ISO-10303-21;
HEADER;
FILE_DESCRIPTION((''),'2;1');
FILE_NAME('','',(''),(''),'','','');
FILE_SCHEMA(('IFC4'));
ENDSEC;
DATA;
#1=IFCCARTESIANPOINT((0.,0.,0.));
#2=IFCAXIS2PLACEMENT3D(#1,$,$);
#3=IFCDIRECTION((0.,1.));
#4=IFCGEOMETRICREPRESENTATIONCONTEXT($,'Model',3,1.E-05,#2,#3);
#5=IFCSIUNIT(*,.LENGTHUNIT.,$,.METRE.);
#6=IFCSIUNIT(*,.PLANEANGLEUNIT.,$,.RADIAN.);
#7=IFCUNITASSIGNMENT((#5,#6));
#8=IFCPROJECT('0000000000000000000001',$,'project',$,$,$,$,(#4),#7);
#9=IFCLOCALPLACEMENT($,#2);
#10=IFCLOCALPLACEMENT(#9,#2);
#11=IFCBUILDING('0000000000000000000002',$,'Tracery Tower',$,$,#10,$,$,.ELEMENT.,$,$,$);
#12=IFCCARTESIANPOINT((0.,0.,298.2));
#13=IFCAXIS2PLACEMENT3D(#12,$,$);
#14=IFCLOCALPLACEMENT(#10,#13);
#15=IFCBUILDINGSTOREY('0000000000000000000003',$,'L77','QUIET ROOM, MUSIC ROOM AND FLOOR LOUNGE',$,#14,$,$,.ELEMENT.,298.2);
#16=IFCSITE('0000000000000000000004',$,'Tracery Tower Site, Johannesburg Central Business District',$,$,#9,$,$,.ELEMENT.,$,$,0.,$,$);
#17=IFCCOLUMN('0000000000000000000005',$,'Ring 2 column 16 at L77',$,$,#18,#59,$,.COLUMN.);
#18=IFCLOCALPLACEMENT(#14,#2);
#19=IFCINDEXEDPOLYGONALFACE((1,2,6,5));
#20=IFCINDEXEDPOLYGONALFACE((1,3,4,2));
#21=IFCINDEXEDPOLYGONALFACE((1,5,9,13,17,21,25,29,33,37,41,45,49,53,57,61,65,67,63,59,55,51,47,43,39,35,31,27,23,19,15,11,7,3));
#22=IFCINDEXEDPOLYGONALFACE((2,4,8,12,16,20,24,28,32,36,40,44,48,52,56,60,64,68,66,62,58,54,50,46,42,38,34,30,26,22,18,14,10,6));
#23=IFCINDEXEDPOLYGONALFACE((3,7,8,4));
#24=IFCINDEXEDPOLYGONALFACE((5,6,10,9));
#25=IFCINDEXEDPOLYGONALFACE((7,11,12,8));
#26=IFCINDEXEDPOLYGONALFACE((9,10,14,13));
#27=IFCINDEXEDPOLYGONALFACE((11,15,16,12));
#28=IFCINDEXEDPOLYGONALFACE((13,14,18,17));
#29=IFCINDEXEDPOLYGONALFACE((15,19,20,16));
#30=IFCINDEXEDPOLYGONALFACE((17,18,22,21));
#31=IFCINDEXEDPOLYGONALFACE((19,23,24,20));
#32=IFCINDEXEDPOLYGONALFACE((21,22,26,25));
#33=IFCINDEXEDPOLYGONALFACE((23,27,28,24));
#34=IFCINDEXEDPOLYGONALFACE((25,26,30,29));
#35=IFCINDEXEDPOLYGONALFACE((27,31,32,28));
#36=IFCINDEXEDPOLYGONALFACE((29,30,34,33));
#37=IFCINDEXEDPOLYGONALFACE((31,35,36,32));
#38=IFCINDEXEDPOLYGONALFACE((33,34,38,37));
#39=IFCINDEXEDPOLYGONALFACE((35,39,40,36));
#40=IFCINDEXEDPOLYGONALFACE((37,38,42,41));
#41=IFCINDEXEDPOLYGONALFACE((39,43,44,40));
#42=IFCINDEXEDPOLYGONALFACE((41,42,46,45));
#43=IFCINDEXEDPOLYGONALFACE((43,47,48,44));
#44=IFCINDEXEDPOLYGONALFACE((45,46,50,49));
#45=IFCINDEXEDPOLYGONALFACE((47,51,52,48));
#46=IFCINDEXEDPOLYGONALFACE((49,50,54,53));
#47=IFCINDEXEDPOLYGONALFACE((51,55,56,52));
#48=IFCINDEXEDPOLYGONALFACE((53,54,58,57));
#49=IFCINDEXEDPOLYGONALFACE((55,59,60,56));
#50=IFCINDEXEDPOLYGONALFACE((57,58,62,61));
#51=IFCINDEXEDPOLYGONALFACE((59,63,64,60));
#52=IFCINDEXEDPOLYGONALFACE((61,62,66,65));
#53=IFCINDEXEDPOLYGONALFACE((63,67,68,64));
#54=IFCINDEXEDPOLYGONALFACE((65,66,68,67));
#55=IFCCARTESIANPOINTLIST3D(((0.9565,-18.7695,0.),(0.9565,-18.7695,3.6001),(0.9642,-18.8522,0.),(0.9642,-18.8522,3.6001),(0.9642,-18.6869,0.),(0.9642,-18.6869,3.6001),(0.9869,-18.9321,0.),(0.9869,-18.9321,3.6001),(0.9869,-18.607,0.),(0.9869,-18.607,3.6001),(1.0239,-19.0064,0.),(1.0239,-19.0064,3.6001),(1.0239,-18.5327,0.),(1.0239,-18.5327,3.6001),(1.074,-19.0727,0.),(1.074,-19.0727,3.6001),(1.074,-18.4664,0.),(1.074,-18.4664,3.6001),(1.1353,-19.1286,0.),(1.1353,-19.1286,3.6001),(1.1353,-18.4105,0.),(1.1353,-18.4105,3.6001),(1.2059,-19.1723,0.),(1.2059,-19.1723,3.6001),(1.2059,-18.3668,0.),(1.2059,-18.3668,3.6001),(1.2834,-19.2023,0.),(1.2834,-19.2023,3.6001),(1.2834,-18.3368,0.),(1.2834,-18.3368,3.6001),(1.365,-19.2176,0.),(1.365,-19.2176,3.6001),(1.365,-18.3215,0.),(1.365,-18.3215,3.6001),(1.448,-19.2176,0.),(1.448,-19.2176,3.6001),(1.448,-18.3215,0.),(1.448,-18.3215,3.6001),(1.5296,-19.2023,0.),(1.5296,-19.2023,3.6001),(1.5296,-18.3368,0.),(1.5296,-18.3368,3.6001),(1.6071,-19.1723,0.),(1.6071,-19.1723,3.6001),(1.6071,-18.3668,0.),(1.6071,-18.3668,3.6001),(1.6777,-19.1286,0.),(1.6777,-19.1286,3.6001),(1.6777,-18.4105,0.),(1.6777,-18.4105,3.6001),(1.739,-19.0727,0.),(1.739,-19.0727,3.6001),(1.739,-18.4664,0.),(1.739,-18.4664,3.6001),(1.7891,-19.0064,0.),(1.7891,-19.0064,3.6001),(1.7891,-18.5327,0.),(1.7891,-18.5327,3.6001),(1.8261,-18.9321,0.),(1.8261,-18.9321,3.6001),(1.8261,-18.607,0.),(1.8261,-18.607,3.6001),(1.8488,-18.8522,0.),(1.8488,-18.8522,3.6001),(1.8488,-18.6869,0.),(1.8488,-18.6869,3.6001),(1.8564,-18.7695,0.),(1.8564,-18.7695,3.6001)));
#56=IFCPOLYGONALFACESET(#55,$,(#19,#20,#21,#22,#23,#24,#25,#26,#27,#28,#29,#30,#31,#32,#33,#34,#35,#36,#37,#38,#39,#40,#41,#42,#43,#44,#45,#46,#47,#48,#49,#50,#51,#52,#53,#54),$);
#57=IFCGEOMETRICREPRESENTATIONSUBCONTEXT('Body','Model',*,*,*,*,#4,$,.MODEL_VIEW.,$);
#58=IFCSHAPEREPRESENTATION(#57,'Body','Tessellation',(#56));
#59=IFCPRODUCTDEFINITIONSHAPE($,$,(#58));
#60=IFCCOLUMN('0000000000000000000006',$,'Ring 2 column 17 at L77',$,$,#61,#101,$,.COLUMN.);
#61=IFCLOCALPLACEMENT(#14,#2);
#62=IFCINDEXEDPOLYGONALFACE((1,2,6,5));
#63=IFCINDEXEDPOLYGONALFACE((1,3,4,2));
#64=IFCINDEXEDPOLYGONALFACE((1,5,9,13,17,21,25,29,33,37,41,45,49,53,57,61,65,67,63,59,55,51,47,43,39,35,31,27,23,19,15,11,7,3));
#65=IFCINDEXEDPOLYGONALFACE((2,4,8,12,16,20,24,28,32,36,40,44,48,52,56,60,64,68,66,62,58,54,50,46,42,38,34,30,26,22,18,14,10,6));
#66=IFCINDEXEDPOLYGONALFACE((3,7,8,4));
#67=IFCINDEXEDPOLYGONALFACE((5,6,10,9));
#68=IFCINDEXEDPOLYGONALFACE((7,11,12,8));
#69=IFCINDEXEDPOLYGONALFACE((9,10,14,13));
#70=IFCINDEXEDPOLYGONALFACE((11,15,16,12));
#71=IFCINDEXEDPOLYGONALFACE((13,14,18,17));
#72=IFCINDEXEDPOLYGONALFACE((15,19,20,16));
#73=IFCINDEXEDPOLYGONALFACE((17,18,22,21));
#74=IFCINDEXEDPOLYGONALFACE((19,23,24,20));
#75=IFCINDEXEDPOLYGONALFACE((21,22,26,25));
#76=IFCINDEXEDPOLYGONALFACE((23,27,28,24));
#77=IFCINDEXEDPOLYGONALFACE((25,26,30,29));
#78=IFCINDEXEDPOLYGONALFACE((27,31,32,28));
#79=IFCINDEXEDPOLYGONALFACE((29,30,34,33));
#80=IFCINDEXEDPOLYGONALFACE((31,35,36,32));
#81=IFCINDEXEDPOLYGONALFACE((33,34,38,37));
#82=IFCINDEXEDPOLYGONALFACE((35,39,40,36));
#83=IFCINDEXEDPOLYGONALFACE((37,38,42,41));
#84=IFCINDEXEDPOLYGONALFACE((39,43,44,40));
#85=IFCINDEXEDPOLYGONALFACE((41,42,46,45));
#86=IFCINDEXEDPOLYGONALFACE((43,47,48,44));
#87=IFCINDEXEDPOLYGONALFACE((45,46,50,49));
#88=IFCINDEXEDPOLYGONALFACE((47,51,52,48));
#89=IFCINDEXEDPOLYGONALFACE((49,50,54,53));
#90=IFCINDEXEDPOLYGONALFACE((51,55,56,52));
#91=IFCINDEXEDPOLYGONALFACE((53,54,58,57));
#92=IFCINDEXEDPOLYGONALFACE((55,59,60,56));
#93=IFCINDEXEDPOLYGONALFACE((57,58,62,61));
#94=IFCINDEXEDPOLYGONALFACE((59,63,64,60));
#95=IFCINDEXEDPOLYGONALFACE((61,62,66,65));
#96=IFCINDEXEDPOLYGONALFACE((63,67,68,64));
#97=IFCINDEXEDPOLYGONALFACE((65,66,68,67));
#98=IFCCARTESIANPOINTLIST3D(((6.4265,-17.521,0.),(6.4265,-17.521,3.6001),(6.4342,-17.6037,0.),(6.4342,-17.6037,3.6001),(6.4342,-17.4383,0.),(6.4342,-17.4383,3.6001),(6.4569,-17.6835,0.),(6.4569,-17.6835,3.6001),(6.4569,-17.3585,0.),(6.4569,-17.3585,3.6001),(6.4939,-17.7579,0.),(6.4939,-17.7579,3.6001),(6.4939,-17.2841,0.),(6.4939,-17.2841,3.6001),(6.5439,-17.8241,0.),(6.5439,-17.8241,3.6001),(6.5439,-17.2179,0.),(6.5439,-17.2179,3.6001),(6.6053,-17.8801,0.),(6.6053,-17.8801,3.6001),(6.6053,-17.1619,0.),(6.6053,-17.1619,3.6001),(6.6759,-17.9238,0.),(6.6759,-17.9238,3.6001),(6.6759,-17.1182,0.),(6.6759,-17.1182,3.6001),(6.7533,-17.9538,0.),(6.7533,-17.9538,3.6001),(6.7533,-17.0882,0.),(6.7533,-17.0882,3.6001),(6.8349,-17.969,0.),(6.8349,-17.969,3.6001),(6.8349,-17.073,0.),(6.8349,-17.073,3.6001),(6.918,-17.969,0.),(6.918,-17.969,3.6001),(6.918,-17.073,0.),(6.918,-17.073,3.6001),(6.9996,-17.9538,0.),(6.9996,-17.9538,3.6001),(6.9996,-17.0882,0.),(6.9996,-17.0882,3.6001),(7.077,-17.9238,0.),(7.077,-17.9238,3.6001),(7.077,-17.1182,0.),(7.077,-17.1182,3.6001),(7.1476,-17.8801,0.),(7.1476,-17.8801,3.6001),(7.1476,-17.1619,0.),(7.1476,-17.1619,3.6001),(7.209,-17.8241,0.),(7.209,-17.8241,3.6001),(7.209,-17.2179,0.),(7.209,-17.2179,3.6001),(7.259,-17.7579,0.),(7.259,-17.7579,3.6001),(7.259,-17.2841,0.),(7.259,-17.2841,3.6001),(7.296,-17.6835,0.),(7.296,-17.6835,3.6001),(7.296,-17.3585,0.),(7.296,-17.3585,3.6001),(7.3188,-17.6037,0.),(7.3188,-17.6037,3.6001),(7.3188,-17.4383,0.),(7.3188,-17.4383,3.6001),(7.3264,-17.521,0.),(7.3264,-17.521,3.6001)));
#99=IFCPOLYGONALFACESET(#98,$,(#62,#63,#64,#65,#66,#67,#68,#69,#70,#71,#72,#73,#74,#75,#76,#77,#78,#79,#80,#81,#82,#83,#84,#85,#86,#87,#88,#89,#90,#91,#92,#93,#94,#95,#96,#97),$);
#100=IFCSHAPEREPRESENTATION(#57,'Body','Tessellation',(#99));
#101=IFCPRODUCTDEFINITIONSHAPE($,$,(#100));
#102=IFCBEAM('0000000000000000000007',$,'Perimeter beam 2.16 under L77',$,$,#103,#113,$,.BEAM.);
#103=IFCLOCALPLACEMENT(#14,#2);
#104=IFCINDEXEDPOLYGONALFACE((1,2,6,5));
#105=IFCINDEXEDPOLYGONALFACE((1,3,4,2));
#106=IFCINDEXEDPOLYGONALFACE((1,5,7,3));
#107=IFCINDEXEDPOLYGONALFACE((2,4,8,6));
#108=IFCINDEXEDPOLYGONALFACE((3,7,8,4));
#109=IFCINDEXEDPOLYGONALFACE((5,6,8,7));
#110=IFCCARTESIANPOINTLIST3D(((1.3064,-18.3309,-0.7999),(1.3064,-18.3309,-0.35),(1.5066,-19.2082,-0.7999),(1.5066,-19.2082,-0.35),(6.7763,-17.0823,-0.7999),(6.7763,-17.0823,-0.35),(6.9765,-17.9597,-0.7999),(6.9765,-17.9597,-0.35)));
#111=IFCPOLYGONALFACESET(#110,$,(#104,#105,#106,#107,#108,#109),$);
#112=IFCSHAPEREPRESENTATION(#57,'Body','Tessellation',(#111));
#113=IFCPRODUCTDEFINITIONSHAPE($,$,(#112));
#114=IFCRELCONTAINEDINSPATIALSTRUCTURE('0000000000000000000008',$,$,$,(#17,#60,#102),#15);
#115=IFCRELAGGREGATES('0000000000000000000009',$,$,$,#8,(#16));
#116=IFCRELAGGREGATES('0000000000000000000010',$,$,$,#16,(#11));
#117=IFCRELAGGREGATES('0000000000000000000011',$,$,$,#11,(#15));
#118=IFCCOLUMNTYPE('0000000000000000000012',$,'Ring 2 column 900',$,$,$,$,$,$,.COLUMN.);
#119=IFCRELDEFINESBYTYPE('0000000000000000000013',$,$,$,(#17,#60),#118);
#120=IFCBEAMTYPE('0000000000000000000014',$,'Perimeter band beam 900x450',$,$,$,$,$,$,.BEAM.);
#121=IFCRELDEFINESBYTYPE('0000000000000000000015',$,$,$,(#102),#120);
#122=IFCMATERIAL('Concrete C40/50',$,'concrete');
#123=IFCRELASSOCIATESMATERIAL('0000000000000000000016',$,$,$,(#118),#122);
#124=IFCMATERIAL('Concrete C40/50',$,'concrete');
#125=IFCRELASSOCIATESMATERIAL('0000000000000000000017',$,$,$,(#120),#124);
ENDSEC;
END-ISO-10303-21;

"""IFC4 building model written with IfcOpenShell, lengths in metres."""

from ifc_helpers import new_model, si_unit, direction, frame, origin, origin_2d, place, context, subcontext, project, spatial, rectangle, circle, extrude, material, material_profile, profile_set, type_object, element, save


model = new_model("IFC4")

# Units and contexts
model_context = context("Model", 3, precision=1e-05, world=origin(), true_north=direction((0.0, 1.0)))
body_context = subcontext(model_context, "Body", "Model", "MODEL_VIEW")
ifc_project = project(units=[si_unit("LENGTHUNIT", "METRE"), si_unit("PLANEANGLEUNIT", "RADIAN")], contexts=[model_context])

# Site, building, storey
site_placement = place(None, origin())
site = spatial("IfcSite", under=ifc_project, at=site_placement, Name="Tracery Tower Site, Johannesburg Central Business District", CompositionType="ELEMENT", RefElevation=0.0)
building_placement = place(site_placement, origin())
building = spatial("IfcBuilding", under=site, at=building_placement, Name="Tracery Tower", CompositionType="ELEMENT")
storey_placement = place(building_placement, frame((0.0, 0.0, 298.2)))
storey = spatial("IfcBuildingStorey", under=building, at=storey_placement, Name="L77", Description="QUIET ROOM, MUSIC ROOM AND FLOOR LOUNGE", CompositionType="ELEMENT", Elevation=298.2)

# Columns
ifc_material_1 = material(Name="Concrete C40/50", Category="concrete")
ifc_material_profile_1 = material_profile(ifc_material_1, circle(Radius=0.45, at=origin_2d()), Name="RC D900")
ifc_profile_set_1 = profile_set([ifc_material_profile_1], Name="Concrete C40/50")
column_type = type_object("IfcColumnType", Name="Ring 2 column 900", PredefinedType="COLUMN", material=ifc_profile_set_1)
for number, where, z_axis, x_axis, name in (
    (1, (1.4065, -18.7695, 0.0), (0.0, 0.0, 1.0), (1.0, 0.0, 0.0), "Ring 2 column 16 at L77"),
    (2, (6.8765, -17.521, 0.0), (0.0, 0.0, 1.0), (1.0, 0.0, 0.0), "Ring 2 column 17 at L77"),
):
    element("IfcColumn", number, at=place(storey_placement, frame(where, z_axis=z_axis, x_axis=x_axis)), inside=storey, type_object=column_type, Name=name, PredefinedType="COLUMN", context=body_context, shape_type="SweptSolid", body=[
        extrude(circle(Radius=0.45, at=origin_2d()), origin(), (0.0, 0.0, 1.0), 3.6001),
    ])

# Beam
ifc_material_2 = material(Name="Concrete C40/50", Category="concrete")
ifc_material_profile_2 = material_profile(ifc_material_2, rectangle(XDim=0.8999, YDim=0.45, at=origin_2d()), Name="RC 900x450")
ifc_profile_set_2 = profile_set([ifc_material_profile_2], Name="Concrete C40/50")
beam_type = type_object("IfcBeamType", Name="Perimeter band beam 900x450", PredefinedType="BEAM", material=ifc_profile_set_2)
beam_placement = place(storey_placement, frame((1.4065, -18.7695, -0.575), z_axis=(0.974926, 0.222529, 0.0), x_axis=(-0.222529, 0.974926, 0.0)))
element("IfcBeam", 3, at=beam_placement, inside=storey, type_object=beam_type, Name="Perimeter beam 2.16 under L77", PredefinedType="BEAM", context=body_context, shape_type="SweptSolid", body=[
    extrude(rectangle(XDim=0.8999, YDim=0.45, at=origin_2d()), origin(), (0.0, 0.0, 1.0), 5.6106),
])

save(model, "model.ifc")
